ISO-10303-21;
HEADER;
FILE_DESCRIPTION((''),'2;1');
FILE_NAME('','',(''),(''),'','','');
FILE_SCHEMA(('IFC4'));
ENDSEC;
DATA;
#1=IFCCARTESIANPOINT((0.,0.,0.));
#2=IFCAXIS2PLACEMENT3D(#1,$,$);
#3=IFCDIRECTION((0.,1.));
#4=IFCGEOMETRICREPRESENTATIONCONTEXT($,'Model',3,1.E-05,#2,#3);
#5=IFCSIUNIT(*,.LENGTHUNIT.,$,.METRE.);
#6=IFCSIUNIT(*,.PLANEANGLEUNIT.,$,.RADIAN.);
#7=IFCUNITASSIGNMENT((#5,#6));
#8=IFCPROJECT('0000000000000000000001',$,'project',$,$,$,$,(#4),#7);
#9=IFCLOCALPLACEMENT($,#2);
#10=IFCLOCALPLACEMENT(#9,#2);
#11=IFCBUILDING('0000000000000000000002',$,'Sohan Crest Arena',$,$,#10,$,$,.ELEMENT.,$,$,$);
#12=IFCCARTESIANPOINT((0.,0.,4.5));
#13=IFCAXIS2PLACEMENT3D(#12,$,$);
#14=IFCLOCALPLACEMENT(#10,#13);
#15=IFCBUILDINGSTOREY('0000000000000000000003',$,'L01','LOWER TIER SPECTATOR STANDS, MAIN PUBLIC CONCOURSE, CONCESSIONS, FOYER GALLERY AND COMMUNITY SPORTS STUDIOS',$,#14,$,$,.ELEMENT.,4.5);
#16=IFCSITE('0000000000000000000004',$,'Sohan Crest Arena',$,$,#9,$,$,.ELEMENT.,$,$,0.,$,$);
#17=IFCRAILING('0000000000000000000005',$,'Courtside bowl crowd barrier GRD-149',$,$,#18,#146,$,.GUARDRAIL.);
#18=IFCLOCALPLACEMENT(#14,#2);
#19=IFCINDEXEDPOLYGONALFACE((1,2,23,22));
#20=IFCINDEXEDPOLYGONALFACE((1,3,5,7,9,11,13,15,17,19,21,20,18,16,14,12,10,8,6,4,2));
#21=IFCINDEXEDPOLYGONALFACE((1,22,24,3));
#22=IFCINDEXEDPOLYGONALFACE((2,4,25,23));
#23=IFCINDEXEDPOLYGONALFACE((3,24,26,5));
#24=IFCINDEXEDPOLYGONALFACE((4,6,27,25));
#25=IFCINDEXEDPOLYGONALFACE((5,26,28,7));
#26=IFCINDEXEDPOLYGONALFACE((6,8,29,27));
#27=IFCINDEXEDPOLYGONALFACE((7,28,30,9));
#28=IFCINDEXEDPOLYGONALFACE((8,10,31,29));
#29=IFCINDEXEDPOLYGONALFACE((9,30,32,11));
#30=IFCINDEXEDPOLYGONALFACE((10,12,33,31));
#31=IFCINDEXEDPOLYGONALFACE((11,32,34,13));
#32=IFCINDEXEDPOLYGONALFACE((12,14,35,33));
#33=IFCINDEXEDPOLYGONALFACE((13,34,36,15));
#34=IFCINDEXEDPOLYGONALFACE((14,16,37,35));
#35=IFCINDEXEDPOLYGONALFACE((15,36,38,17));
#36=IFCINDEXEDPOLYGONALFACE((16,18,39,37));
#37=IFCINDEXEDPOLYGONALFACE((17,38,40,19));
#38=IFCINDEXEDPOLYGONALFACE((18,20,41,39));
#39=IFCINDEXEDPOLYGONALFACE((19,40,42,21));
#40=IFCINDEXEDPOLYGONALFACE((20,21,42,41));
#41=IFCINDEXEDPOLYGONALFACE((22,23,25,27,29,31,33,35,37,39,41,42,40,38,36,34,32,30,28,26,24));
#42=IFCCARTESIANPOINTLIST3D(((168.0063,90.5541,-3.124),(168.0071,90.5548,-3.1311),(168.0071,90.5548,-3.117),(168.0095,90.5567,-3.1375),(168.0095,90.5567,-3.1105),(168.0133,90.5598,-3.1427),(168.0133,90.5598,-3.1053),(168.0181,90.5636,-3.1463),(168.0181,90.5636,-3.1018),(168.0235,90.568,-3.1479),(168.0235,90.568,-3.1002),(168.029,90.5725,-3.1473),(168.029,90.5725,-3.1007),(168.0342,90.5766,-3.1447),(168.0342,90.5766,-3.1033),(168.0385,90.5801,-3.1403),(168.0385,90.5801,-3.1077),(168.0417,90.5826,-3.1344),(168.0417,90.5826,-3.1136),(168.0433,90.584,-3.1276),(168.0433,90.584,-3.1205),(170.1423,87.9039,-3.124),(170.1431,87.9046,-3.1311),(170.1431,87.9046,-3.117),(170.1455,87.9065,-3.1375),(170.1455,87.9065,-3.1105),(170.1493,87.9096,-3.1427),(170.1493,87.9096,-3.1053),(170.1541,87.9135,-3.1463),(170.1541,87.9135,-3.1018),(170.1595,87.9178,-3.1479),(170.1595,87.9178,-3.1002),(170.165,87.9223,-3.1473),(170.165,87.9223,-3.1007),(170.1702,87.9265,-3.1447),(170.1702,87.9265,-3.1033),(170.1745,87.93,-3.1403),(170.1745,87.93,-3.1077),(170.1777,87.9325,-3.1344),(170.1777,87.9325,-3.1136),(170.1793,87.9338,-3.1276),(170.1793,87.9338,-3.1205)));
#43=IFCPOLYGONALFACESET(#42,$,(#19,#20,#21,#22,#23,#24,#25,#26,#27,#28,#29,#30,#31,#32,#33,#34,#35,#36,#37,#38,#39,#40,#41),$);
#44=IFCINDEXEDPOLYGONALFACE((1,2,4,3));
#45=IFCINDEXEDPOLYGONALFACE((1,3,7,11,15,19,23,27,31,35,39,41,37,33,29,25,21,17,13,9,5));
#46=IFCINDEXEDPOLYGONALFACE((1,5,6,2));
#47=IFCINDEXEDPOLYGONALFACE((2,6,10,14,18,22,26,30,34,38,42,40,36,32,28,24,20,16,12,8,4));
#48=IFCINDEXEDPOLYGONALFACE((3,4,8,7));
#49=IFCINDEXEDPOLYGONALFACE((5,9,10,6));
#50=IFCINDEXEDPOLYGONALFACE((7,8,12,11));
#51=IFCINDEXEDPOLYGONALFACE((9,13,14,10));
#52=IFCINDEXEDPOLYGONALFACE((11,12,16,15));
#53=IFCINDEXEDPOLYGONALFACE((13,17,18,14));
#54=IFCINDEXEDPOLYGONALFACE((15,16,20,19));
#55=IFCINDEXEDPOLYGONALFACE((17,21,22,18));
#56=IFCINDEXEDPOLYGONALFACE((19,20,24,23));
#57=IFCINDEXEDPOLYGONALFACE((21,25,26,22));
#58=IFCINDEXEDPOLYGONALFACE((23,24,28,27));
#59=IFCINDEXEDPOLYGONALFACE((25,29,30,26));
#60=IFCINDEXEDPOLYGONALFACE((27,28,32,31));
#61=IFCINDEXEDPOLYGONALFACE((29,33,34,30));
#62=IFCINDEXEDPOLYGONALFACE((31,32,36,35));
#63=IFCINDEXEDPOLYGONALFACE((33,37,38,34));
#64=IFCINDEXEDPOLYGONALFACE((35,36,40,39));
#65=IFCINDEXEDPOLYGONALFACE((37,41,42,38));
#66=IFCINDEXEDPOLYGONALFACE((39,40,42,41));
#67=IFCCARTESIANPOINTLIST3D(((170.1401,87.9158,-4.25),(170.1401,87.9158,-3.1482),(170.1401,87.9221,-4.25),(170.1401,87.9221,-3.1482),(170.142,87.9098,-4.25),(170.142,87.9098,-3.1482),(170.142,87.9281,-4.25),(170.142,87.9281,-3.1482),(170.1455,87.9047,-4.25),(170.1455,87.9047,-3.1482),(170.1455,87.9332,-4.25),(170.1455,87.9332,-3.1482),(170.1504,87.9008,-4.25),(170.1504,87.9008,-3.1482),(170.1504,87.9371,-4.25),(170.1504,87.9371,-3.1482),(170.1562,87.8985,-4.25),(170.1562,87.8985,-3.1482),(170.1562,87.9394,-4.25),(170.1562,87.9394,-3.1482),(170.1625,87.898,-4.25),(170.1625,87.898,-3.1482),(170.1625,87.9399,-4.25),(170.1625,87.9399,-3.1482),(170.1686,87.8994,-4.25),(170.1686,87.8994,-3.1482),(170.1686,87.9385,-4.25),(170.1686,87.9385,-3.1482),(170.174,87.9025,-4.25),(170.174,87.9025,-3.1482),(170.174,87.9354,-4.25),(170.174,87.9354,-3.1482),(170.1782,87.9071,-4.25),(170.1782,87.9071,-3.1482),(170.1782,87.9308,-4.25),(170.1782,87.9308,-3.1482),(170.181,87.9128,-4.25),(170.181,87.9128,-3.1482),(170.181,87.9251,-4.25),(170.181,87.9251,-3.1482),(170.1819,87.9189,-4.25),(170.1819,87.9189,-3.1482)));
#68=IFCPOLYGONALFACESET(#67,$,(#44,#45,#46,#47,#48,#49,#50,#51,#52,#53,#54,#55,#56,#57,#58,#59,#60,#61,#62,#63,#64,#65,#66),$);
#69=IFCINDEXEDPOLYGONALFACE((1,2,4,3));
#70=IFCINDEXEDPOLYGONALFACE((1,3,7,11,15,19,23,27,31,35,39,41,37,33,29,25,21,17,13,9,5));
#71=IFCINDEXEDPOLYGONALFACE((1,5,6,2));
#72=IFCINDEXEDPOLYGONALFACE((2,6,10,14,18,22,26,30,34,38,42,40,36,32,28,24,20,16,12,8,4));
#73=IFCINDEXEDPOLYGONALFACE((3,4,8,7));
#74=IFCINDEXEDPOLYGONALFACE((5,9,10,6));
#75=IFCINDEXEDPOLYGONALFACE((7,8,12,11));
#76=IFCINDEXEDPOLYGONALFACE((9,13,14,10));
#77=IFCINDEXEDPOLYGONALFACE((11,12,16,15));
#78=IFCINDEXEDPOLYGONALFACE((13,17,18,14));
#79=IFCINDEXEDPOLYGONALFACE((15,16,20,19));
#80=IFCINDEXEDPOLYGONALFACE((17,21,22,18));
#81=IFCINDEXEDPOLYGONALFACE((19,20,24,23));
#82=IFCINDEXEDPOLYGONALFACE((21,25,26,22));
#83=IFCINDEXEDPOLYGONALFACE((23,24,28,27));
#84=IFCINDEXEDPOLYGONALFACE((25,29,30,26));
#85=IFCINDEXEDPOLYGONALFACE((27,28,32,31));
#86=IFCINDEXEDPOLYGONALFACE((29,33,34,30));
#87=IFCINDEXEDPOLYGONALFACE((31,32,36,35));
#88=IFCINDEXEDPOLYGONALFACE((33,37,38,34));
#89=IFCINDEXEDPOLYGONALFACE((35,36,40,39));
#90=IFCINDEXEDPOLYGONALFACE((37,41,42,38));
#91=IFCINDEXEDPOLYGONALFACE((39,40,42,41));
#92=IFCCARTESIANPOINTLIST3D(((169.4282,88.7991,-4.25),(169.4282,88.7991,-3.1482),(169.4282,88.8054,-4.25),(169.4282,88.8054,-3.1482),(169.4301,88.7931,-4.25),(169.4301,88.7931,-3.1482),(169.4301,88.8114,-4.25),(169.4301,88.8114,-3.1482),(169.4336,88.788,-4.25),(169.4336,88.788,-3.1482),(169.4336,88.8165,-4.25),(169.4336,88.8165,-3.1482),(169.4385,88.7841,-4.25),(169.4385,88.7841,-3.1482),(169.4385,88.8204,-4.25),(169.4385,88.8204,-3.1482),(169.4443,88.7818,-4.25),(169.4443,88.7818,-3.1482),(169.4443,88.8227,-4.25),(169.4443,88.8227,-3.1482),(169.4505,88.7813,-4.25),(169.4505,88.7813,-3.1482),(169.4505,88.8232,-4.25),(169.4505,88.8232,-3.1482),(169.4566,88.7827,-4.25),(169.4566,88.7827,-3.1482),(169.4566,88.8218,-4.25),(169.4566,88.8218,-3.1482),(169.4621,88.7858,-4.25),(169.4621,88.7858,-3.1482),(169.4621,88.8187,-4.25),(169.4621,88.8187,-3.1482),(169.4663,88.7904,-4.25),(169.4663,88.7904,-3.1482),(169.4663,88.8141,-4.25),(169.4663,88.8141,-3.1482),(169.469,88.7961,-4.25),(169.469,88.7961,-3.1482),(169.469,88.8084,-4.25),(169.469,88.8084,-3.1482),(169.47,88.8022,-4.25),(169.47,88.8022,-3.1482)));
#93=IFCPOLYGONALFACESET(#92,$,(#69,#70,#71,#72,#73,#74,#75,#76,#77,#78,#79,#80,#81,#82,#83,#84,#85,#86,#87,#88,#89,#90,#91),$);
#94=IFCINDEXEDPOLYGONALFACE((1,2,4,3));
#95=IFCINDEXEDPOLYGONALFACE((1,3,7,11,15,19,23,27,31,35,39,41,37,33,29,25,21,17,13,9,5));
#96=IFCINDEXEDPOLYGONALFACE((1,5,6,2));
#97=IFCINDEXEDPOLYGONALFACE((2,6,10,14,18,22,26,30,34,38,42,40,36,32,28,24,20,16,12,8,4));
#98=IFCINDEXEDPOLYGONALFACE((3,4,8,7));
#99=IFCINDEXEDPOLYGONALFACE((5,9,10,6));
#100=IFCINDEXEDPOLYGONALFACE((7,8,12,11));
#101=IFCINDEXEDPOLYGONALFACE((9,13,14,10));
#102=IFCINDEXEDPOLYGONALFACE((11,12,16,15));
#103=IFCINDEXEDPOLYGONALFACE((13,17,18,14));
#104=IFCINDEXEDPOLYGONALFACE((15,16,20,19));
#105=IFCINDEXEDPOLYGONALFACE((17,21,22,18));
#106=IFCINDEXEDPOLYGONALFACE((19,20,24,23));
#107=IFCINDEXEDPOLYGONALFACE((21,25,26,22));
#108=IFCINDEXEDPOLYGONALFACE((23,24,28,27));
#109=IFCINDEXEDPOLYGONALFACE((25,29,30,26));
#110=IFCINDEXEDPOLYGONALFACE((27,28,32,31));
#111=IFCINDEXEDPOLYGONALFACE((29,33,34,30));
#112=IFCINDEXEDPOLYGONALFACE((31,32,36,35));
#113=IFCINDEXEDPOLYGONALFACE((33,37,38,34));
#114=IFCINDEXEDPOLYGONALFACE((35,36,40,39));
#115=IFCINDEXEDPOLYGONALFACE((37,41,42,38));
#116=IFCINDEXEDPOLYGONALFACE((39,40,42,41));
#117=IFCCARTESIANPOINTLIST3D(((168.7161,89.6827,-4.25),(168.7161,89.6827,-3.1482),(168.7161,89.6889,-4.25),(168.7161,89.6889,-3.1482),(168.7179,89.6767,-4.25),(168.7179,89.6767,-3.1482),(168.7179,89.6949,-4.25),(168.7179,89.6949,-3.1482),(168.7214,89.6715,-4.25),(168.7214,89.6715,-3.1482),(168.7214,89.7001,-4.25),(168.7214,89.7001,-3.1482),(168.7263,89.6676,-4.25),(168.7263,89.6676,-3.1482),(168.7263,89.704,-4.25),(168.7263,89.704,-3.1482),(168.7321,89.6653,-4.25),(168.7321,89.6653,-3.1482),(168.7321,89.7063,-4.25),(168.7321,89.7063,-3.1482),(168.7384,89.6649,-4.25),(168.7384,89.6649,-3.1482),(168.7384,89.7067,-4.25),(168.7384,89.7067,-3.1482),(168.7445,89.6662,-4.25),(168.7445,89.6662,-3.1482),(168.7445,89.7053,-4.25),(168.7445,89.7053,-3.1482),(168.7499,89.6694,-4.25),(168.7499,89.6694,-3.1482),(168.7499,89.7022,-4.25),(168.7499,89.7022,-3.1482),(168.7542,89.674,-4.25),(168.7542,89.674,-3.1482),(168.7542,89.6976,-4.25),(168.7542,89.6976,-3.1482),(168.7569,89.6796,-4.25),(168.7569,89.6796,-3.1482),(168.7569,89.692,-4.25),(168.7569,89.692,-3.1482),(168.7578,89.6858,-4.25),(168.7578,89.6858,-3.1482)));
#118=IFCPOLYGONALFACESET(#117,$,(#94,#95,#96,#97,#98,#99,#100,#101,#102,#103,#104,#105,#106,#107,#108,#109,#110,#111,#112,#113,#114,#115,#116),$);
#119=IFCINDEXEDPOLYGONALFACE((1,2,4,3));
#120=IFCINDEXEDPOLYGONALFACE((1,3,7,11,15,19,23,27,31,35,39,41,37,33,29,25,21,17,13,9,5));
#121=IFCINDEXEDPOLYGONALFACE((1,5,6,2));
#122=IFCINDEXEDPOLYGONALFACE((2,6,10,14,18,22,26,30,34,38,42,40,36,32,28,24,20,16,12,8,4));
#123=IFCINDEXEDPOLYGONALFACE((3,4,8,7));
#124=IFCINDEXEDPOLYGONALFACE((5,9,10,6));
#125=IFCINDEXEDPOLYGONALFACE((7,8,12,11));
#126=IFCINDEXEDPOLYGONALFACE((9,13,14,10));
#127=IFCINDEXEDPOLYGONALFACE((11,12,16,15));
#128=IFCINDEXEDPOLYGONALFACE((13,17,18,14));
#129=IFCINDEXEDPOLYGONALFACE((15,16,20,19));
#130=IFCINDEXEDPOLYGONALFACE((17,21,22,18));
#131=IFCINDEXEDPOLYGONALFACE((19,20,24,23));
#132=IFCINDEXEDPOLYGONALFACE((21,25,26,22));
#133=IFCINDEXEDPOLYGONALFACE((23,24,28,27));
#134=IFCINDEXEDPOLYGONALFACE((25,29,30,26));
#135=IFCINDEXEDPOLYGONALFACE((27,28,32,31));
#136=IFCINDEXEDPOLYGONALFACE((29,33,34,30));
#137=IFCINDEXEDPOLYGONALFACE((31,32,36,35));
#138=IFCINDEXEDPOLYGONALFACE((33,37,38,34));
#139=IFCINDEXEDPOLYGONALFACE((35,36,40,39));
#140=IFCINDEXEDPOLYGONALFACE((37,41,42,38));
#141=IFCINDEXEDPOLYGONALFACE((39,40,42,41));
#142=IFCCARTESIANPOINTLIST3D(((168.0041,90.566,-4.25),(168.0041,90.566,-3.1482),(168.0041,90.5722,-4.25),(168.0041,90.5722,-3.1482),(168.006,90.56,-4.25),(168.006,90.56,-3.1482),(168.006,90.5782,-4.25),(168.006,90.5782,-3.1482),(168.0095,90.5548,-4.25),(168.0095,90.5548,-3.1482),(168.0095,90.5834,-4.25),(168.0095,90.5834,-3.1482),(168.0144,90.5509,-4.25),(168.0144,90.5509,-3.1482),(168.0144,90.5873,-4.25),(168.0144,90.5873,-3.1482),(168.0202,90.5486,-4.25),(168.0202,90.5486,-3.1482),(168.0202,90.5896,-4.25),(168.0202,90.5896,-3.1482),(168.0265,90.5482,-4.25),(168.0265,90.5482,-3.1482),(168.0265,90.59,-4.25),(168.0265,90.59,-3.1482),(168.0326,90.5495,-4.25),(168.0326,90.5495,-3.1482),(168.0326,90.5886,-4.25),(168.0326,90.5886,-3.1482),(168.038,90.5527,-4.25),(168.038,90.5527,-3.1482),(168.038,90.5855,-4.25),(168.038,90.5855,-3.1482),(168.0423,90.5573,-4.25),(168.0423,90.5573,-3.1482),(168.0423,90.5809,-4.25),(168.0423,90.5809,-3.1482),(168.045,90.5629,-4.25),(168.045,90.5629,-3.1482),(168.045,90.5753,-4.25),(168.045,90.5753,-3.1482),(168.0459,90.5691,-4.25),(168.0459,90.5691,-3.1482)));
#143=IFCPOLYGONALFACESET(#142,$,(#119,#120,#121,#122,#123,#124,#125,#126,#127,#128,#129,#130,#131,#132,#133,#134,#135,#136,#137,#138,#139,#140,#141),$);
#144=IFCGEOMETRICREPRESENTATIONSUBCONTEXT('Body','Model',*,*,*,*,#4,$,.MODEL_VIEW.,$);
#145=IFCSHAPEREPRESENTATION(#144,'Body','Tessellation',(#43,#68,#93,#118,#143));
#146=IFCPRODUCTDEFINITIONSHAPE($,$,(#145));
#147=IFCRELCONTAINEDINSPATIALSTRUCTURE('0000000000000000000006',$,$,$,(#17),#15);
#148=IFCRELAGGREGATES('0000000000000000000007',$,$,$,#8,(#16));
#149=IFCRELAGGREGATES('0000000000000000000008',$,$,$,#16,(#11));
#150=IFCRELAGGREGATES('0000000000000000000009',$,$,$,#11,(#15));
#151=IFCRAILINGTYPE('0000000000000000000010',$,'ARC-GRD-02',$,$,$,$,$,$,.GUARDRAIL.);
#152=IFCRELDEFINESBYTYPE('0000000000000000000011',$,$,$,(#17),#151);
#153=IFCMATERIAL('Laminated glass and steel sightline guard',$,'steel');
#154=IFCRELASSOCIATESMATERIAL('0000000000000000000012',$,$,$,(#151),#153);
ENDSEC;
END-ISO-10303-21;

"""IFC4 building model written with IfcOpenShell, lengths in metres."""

from ifc_helpers import new_model, si_unit, direction, frame, origin, origin_2d, place, context, subcontext, project, spatial, circle, extrude, material, type_object, element, save


model = new_model("IFC4")

# Units and contexts
model_context = context("Model", 3, precision=1e-05, world=origin(), true_north=direction((0.0, 1.0)))
body_context = subcontext(model_context, "Body", "Model", "MODEL_VIEW")
ifc_project = project(units=[si_unit("LENGTHUNIT", "METRE"), si_unit("PLANEANGLEUNIT", "RADIAN")], contexts=[model_context])

# Site, building, storey
site_placement = place(None, origin())
site = spatial("IfcSite", under=ifc_project, at=site_placement, Name="Sohan Crest Arena", CompositionType="ELEMENT", RefElevation=0.0)
building_placement = place(site_placement, origin())
building = spatial("IfcBuilding", under=site, at=building_placement, Name="Sohan Crest Arena", CompositionType="ELEMENT")
storey_placement = place(building_placement, frame((0.0, 0.0, 4.5)))
storey = spatial("IfcBuildingStorey", under=building, at=storey_placement, Name="L01", Description="LOWER TIER SPECTATOR STANDS, MAIN PUBLIC CONCOURSE, CONCESSIONS, FOYER GALLERY AND COMMUNITY SPORTS STUDIOS", CompositionType="ELEMENT", Elevation=4.5)

# Railing
ifc_material_1 = material(Name="Laminated glass and steel sightline guard", Category="steel")
railing_type = type_object("IfcRailingType", Name="ARC-GRD-02", PredefinedType="GUARDRAIL", material=ifc_material_1)
railing_1_placement = place(storey_placement, frame((170.1609, 87.9189, -4.25)))
element("IfcRailing", 1, at=railing_1_placement, inside=storey, type_object=railing_type, Name="Courtside bowl crowd barrier GRD-149", PredefinedType="GUARDRAIL", context=body_context, shape_type="SweptSolid", body=[
    extrude(circle(Radius=0.0239, at=origin_2d()), frame((0.0, 0.0, 1.126), z_axis=(-0.627534, 0.778589, 0.0), x_axis=(-0.778589, -0.627534, 0.0)), (0.0, 0.0, 1.0), 3.4038),
    extrude(circle(Radius=0.021, at=origin_2d()), origin(), (0.0, 0.0, 1.0), 1.1018),
    extrude(circle(Radius=0.021, at=origin_2d()), frame((-0.7119, 0.8833, 0.0)), (0.0, 0.0, 1.0), 1.1018),
    extrude(circle(Radius=0.021, at=origin_2d()), frame((-1.4241, 1.7668, 0.0)), (0.0, 0.0, 1.0), 1.1018),
    extrude(circle(Radius=0.021, at=origin_2d()), frame((-2.136, 2.6501, 0.0)), (0.0, 0.0, 1.0), 1.1018),
])

save(model, "model.ifc")
